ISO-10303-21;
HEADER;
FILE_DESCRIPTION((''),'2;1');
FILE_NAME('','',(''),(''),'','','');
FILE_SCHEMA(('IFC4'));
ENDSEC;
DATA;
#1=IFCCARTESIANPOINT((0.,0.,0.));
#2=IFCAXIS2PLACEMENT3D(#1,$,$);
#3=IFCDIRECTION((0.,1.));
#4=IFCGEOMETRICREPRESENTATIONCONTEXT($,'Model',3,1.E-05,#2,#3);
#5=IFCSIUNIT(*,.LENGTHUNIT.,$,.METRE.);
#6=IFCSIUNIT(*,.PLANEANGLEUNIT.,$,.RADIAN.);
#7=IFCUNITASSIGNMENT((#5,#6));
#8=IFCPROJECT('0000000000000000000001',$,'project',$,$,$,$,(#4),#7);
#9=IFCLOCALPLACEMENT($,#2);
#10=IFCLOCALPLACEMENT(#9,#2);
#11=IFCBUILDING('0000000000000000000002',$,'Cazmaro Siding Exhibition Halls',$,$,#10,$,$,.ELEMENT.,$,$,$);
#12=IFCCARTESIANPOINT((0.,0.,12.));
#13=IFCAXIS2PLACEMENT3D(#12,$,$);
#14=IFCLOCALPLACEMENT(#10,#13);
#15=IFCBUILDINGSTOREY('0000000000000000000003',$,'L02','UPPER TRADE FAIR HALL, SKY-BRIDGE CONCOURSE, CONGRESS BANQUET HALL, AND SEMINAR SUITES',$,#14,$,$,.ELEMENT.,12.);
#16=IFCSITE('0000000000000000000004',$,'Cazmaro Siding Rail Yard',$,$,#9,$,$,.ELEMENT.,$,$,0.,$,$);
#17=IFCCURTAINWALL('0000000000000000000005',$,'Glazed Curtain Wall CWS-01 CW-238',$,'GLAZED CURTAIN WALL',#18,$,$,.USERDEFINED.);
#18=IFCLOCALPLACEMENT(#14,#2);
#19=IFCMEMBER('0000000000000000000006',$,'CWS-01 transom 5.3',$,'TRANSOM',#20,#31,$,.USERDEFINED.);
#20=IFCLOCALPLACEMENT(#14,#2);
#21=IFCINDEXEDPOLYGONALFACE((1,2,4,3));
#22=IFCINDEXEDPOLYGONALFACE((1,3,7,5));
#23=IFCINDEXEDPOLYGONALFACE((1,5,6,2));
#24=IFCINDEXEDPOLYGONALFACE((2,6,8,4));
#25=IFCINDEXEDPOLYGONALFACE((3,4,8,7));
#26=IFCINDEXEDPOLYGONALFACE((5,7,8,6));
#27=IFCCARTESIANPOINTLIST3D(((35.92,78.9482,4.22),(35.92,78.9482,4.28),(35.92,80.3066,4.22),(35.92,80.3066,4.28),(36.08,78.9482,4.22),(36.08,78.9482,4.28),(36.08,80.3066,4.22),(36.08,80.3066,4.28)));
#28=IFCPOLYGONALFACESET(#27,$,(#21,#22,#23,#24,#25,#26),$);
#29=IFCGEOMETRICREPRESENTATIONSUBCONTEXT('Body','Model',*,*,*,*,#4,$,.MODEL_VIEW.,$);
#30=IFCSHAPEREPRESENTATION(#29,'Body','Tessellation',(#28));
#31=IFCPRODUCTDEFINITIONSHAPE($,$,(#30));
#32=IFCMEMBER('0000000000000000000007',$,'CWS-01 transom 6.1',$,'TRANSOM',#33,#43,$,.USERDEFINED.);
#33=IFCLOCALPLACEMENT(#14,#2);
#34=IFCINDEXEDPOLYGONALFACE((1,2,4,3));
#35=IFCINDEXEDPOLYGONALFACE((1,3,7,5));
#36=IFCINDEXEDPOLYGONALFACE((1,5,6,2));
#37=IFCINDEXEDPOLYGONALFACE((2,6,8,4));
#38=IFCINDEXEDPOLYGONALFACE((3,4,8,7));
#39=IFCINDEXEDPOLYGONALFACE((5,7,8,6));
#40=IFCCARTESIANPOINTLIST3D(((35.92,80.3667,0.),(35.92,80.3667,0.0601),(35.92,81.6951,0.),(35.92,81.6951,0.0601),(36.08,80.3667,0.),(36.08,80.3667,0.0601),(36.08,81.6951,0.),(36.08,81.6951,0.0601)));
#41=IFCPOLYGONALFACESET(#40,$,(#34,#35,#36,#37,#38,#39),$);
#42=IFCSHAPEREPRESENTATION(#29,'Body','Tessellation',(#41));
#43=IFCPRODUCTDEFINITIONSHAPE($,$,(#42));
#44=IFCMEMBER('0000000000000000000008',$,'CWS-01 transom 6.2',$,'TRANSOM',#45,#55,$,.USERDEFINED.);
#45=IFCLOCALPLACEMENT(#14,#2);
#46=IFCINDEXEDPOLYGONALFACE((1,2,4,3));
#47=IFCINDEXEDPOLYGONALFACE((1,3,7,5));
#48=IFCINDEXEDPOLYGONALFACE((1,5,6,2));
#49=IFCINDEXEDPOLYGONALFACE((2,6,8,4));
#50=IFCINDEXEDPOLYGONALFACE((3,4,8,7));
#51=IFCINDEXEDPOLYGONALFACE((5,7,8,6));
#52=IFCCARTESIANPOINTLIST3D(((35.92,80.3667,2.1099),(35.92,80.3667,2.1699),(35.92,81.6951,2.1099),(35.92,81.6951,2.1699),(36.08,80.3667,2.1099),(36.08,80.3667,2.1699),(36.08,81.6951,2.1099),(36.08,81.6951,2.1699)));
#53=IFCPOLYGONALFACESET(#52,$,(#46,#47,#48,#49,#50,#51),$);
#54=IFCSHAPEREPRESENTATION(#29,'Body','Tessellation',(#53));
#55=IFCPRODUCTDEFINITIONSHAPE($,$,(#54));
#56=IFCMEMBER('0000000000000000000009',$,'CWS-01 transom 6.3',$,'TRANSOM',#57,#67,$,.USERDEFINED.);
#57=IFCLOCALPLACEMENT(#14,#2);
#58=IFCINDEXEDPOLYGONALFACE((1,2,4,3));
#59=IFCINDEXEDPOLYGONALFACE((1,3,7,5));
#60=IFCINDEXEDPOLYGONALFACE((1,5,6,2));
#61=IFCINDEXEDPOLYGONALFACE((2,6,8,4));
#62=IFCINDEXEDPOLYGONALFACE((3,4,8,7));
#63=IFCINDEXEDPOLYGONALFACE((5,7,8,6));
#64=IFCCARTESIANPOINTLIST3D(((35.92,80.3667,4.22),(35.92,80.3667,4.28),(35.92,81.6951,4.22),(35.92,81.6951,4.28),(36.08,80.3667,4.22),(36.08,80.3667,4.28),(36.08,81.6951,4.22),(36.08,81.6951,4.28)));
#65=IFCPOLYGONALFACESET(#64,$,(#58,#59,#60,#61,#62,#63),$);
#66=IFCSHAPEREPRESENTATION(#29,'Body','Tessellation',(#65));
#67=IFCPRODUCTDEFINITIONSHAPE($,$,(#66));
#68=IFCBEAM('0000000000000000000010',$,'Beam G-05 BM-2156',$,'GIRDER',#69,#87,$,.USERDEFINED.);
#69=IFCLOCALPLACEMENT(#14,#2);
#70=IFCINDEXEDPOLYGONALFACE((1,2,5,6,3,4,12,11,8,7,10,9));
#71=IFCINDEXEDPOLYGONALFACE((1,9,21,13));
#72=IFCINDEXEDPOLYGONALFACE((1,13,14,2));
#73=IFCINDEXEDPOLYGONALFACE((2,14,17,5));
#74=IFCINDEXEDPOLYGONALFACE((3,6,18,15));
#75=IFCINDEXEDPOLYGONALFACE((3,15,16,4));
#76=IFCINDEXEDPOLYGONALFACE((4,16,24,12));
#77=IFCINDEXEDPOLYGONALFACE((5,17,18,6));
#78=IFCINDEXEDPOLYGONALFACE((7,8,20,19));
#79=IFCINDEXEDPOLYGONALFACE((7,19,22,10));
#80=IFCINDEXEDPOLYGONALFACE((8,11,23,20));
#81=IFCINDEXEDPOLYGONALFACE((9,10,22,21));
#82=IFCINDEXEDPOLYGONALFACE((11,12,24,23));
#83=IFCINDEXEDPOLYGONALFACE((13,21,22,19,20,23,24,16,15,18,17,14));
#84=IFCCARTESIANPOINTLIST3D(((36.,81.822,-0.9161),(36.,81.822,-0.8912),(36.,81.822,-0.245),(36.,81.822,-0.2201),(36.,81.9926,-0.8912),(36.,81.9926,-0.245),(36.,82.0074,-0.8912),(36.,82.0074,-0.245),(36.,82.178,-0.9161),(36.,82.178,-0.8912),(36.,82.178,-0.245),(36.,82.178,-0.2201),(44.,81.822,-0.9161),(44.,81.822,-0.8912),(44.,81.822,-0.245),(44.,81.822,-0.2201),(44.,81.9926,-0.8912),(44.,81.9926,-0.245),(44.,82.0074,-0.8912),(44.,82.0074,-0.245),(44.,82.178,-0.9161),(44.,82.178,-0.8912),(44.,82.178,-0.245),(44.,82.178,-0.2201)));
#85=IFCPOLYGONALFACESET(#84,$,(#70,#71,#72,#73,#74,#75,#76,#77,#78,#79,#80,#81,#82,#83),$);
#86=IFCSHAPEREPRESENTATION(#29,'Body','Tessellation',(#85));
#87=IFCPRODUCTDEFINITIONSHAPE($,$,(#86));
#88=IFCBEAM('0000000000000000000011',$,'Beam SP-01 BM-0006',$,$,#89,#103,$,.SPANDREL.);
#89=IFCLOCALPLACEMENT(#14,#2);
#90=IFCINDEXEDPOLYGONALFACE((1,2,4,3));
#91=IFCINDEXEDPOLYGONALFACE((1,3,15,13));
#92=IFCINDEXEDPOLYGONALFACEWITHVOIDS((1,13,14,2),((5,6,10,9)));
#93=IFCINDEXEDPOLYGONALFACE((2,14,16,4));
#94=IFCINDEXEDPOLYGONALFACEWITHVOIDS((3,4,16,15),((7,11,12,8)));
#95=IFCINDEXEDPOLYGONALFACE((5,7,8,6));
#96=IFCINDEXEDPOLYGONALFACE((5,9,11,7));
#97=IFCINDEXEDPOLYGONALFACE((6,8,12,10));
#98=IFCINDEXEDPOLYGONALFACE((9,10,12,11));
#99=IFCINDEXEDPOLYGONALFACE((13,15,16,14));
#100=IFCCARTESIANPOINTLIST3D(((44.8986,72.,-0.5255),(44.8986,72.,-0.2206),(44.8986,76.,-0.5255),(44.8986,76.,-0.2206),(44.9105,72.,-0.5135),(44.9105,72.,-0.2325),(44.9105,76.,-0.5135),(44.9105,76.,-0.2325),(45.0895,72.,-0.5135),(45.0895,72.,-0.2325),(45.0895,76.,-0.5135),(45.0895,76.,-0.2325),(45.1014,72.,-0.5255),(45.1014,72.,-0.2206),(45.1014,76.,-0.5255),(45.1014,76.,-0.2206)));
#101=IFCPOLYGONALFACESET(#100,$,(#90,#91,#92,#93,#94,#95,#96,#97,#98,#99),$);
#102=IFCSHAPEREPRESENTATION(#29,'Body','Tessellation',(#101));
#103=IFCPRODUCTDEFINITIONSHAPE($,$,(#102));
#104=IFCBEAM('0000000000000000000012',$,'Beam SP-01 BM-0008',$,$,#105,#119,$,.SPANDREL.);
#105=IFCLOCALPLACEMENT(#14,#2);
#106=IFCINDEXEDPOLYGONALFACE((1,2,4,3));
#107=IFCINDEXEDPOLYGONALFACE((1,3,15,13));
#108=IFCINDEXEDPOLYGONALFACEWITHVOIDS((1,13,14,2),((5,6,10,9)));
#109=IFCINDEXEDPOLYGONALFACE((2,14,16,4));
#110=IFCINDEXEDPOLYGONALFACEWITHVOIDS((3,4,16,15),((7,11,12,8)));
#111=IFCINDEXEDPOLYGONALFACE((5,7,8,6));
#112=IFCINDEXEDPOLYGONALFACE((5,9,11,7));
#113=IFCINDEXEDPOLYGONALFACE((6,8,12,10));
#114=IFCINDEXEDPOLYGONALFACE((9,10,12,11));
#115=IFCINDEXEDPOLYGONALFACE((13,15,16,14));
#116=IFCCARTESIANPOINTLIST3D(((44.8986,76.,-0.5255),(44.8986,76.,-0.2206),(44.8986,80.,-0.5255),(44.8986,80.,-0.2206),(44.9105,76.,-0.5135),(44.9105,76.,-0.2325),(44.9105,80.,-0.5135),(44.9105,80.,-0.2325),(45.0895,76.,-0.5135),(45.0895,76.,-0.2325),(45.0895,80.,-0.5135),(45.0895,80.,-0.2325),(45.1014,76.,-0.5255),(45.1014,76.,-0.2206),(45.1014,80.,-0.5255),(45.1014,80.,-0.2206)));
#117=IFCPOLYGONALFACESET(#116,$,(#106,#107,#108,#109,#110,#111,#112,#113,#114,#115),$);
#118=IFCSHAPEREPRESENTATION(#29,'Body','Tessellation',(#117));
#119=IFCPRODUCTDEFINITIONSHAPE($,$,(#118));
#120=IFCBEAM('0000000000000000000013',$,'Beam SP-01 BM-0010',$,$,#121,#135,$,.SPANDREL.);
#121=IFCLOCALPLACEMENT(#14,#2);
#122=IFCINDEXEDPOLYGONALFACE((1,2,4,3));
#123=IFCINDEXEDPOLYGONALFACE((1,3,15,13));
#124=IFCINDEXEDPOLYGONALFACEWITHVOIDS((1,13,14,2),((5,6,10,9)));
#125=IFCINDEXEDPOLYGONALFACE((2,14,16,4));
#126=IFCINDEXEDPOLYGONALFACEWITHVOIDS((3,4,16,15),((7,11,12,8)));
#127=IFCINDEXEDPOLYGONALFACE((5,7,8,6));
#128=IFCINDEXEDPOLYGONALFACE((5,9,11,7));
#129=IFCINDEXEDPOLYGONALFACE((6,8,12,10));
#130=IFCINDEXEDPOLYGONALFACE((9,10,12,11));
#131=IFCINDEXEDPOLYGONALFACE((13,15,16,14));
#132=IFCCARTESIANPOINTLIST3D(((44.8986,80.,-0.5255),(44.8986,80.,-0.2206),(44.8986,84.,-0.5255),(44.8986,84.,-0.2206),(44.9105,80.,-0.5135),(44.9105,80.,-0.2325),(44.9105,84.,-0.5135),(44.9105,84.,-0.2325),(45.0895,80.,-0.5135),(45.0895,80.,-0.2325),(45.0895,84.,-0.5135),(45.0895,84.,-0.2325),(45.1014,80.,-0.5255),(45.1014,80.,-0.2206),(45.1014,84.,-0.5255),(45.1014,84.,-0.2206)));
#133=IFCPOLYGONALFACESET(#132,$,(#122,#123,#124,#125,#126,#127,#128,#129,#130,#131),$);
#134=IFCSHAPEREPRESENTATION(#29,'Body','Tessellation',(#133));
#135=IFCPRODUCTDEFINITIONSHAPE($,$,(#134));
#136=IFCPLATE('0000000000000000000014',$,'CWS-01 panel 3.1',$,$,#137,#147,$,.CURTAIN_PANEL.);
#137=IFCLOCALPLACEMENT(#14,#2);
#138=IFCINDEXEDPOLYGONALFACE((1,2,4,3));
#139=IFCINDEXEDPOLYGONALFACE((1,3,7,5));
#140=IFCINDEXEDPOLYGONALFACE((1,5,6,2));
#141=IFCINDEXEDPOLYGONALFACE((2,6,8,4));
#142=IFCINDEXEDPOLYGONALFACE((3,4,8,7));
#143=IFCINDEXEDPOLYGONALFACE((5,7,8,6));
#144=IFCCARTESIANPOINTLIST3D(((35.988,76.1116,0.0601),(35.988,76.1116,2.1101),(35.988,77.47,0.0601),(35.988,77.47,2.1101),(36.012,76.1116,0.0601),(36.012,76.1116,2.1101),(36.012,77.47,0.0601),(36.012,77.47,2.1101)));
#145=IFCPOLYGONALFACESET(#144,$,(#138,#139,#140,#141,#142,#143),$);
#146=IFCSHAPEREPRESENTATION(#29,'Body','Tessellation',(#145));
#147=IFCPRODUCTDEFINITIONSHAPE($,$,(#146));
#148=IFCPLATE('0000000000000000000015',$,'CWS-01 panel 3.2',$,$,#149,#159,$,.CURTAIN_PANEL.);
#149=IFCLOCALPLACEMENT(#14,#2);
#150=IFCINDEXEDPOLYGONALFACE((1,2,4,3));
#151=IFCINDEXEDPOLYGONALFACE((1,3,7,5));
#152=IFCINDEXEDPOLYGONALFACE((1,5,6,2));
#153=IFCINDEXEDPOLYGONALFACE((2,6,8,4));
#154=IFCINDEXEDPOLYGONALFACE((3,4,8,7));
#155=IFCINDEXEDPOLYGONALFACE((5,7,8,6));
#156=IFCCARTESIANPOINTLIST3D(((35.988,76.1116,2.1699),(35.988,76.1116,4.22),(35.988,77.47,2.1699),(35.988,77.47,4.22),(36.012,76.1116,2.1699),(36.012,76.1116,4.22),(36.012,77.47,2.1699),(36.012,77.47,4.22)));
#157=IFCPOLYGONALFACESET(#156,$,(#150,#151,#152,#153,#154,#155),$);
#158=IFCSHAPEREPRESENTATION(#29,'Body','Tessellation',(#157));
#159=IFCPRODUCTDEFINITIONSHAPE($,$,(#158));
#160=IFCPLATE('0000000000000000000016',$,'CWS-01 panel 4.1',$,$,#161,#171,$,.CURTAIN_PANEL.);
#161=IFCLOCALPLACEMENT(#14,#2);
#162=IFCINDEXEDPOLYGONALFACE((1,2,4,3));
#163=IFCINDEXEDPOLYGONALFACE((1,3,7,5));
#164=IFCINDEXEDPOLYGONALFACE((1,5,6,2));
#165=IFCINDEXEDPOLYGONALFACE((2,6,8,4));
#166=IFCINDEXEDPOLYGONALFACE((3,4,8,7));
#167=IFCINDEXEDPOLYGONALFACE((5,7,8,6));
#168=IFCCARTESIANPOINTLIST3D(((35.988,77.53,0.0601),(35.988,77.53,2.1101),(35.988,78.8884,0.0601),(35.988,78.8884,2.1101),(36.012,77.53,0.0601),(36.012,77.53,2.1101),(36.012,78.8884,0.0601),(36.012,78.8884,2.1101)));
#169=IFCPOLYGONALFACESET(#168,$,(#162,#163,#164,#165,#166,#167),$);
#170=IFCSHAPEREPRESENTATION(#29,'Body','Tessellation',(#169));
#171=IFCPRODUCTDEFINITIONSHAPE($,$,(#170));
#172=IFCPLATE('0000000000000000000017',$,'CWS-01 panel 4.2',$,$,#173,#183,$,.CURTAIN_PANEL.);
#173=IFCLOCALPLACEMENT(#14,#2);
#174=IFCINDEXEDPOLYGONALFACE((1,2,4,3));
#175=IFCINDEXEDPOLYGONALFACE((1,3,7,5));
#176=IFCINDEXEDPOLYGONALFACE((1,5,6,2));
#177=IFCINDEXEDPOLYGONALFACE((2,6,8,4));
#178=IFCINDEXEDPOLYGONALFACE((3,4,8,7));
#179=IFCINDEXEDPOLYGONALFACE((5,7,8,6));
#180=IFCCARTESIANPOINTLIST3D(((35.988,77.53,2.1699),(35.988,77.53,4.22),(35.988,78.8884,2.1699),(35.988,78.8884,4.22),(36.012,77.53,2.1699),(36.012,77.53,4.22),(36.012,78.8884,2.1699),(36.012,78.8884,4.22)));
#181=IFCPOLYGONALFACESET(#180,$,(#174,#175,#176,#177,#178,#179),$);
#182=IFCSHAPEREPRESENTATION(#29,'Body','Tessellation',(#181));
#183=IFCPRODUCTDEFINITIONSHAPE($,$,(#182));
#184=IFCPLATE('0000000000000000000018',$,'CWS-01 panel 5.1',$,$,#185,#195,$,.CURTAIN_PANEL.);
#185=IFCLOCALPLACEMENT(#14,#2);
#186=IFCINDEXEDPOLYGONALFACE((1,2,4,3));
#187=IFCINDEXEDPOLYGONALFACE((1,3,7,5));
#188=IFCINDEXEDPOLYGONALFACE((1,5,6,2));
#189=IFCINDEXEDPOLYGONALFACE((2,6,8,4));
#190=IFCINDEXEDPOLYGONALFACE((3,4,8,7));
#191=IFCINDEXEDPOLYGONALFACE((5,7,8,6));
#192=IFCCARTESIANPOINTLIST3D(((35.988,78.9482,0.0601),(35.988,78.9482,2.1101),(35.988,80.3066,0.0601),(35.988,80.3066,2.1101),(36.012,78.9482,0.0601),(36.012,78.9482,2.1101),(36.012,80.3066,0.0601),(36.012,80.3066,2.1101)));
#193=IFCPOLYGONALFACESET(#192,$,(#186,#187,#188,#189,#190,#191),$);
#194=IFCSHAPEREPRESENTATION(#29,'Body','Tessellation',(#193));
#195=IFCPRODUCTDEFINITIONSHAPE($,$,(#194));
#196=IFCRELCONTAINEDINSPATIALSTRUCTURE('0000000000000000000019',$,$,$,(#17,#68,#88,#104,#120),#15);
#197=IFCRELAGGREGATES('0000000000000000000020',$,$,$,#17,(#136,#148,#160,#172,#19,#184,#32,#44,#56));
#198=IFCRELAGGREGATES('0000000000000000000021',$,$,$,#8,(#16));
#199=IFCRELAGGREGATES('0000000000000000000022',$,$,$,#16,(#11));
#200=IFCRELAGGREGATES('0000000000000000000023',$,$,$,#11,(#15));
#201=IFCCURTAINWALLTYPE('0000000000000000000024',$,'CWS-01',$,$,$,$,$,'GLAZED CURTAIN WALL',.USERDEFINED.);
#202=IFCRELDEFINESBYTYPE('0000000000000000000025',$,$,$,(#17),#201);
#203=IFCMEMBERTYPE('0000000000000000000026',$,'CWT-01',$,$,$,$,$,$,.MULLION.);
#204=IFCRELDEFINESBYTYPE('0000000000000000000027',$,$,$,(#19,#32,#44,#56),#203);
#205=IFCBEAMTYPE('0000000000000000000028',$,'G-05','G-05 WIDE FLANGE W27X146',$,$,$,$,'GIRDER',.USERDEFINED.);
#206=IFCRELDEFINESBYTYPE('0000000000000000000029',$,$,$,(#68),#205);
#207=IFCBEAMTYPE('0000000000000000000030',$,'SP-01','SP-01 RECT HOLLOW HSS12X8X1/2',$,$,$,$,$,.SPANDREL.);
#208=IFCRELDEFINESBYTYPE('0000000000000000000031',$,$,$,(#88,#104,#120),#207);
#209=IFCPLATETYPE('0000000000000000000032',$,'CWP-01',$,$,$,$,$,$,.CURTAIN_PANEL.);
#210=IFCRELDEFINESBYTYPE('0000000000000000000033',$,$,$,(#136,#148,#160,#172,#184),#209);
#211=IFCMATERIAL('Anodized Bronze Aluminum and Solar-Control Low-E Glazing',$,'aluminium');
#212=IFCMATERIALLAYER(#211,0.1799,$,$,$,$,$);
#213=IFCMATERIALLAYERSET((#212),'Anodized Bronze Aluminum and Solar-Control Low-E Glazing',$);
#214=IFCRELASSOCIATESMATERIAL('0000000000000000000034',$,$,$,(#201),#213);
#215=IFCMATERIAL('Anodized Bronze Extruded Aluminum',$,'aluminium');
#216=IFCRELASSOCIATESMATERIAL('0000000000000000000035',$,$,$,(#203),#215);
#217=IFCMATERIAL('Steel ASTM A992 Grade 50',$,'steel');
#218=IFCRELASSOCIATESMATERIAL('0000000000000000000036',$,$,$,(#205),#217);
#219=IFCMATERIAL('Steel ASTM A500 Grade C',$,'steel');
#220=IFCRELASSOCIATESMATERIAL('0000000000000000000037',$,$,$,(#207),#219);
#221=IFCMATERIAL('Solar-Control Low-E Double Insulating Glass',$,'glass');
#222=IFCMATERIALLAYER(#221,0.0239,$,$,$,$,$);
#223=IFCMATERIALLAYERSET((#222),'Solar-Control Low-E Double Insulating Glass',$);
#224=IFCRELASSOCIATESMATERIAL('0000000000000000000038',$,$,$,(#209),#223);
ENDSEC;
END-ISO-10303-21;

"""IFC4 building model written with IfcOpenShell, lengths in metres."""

from ifc_helpers import new_model, si_unit, direction, frame, origin, origin_2d, place, context, subcontext, project, spatial, rectangle, hollow_rectangle, i_section, extrude, material, layer, layer_set, material_profile, profile_set, type_object, element, aggregate, save


model = new_model("IFC4")

# Units and contexts
model_context = context("Model", 3, precision=1e-05, world=origin(), true_north=direction((0.0, 1.0)))
body_context = subcontext(model_context, "Body", "Model", "MODEL_VIEW")
ifc_project = project(units=[si_unit("LENGTHUNIT", "METRE"), si_unit("PLANEANGLEUNIT", "RADIAN")], contexts=[model_context])

# Site, building, storey
site_placement = place(None, origin())
site = spatial("IfcSite", under=ifc_project, at=site_placement, Name="Cazmaro Siding Rail Yard", CompositionType="ELEMENT", RefElevation=0.0)
building_placement = place(site_placement, origin())
building = spatial("IfcBuilding", under=site, at=building_placement, Name="Cazmaro Siding Exhibition Halls", CompositionType="ELEMENT")
storey_placement = place(building_placement, frame((0.0, 0.0, 12.0)))
storey = spatial("IfcBuildingStorey", under=building, at=storey_placement, Name="L02", Description="UPPER TRADE FAIR HALL, SKY-BRIDGE CONCOURSE, CONGRESS BANQUET HALL, AND SEMINAR SUITES", CompositionType="ELEMENT", Elevation=12.0)

# Curtain wall
ifc_material_1 = material(Name="Anodized Bronze Aluminum and Solar-Control Low-E Glazing", Category="aluminium")
ifc_layer_1 = layer(ifc_material_1, 0.1799)
ifc_layer_set_1 = layer_set([ifc_layer_1], Name="Anodized Bronze Aluminum and Solar-Control Low-E Glazing")
curtain_wall_type_1 = type_object("IfcCurtainWallType", Name="CWS-01", ElementType="GLAZED CURTAIN WALL", PredefinedType="USERDEFINED", material=ifc_layer_set_1)
curtain_wall_1_placement = place(storey_placement, origin())
curtain_wall_1 = element("IfcCurtainWall", 1, at=curtain_wall_1_placement, inside=storey, type_object=curtain_wall_type_1, Name="Glazed Curtain Wall CWS-01 CW-238", ObjectType="GLAZED CURTAIN WALL", PredefinedType="USERDEFINED")

# Members
ifc_material_2 = material(Name="Anodized Bronze Extruded Aluminum", Category="aluminium")
ifc_material_profile_1 = material_profile(ifc_material_2, rectangle(XDim=0.1599, YDim=0.0601, at=origin_2d()), Name="CWT-01")
ifc_profile_set_1 = profile_set([ifc_material_profile_1], Name="Anodized Bronze Extruded Aluminum")
member_type_1 = type_object("IfcMemberType", Name="CWT-01", PredefinedType="MULLION", material=ifc_profile_set_1)
member_1_placement = place(storey_placement, frame((36.0, 78.9482, 4.25), z_axis=(0.0, 1.0, 0.0), x_axis=(-1.0, 0.0, 0.0)))
member_1 = element("IfcMember", 2, at=member_1_placement, type_object=member_type_1, Name="CWS-01 transom 5.3", ObjectType="TRANSOM", PredefinedType="USERDEFINED", context=body_context, shape_type="SweptSolid", body=[
    extrude(rectangle(XDim=0.1599, YDim=0.0601, at=origin_2d()), origin(), (0.0, 0.0, 1.0), 1.3584),
])
member_2_placement = place(storey_placement, frame((36.0, 80.3667, 0.03), z_axis=(0.0, 1.0, 0.0), x_axis=(-1.0, 0.0, 0.0)))
member_2 = element("IfcMember", 3, at=member_2_placement, type_object=member_type_1, Name="CWS-01 transom 6.1", ObjectType="TRANSOM", PredefinedType="USERDEFINED", context=body_context, shape_type="SweptSolid", body=[
    extrude(rectangle(XDim=0.1599, YDim=0.0601, at=origin_2d()), origin(), (0.0, 0.0, 1.0), 1.3284),
])
member_3_placement = place(storey_placement, frame((36.0, 80.3667, 2.1399), z_axis=(0.0, 1.0, 0.0), x_axis=(-1.0, 0.0, 0.0)))
member_3 = element("IfcMember", 4, at=member_3_placement, type_object=member_type_1, Name="CWS-01 transom 6.2", ObjectType="TRANSOM", PredefinedType="USERDEFINED", context=body_context, shape_type="SweptSolid", body=[
    extrude(rectangle(XDim=0.1599, YDim=0.0601, at=origin_2d()), origin(), (0.0, 0.0, 1.0), 1.3284),
])
member_4_placement = place(storey_placement, frame((36.0, 80.3667, 4.25), z_axis=(0.0, 1.0, 0.0), x_axis=(-1.0, 0.0, 0.0)))
member_4 = element("IfcMember", 5, at=member_4_placement, type_object=member_type_1, Name="CWS-01 transom 6.3", ObjectType="TRANSOM", PredefinedType="USERDEFINED", context=body_context, shape_type="SweptSolid", body=[
    extrude(rectangle(XDim=0.1599, YDim=0.0601, at=origin_2d()), origin(), (0.0, 0.0, 1.0), 1.3284),
])

# Beams
ifc_material_3 = material(Name="Steel ASTM A992 Grade 50", Category="steel")
ifc_material_profile_2 = material_profile(ifc_material_3, i_section(OverallWidth=0.356, OverallDepth=0.696, WebThickness=0.0149, FlangeThickness=0.0249, at=origin_2d()), Name="W27X146")
ifc_profile_set_2 = profile_set([ifc_material_profile_2], Name="Steel ASTM A992 Grade 50")
beam_type_1 = type_object("IfcBeamType", Name="G-05", Description="G-05 WIDE FLANGE W27X146", ElementType="GIRDER", PredefinedType="USERDEFINED", material=ifc_profile_set_2)
beam_1_placement = place(storey_placement, frame((36.0, 82.0, -0.5681), z_axis=(1.0, 0.0, 0.0), x_axis=(0.0, 1.0, 0.0)))
element("IfcBeam", 6, at=beam_1_placement, inside=storey, type_object=beam_type_1, Name="Beam G-05 BM-2156", ObjectType="GIRDER", PredefinedType="USERDEFINED", context=body_context, shape_type="SweptSolid", body=[
    extrude(i_section(OverallWidth=0.356, OverallDepth=0.696, WebThickness=0.0149, FlangeThickness=0.0249, at=origin_2d()), origin(), (0.0, 0.0, 1.0), 8.0),
])
ifc_material_4 = material(Name="Steel ASTM A500 Grade C", Category="steel")
ifc_material_profile_3 = material_profile(ifc_material_4, hollow_rectangle(XDim=0.2029, YDim=0.3049, WallThickness=0.012, at=origin_2d()), Name="HSS12X8X1/2")
ifc_profile_set_3 = profile_set([ifc_material_profile_3], Name="Steel ASTM A500 Grade C")
beam_type_2 = type_object("IfcBeamType", Name="SP-01", Description="SP-01 RECT HOLLOW HSS12X8X1/2", PredefinedType="SPANDREL", material=ifc_profile_set_3)
for number, where, z_axis, x_axis, name in (
    (7, (45.0, 72.0, -0.373), (0.0, 1.0, 0.0), (-1.0, 0.0, 0.0), "Beam SP-01 BM-0006"),
    (8, (45.0, 76.0, -0.373), (0.0, 1.0, 0.0), (-1.0, 0.0, 0.0), "Beam SP-01 BM-0008"),
    (9, (45.0, 80.0, -0.373), (0.0, 1.0, 0.0), (-1.0, 0.0, 0.0), "Beam SP-01 BM-0010"),
):
    element("IfcBeam", number, at=place(storey_placement, frame(where, z_axis=z_axis, x_axis=x_axis)), inside=storey, type_object=beam_type_2, Name=name, PredefinedType="SPANDREL", context=body_context, shape_type="SweptSolid", body=[
        extrude(hollow_rectangle(XDim=0.2029, YDim=0.3049, WallThickness=0.012, at=origin_2d()), origin(), (0.0, 0.0, 1.0), 4.0),
    ])

# Plates
ifc_material_5 = material(Name="Solar-Control Low-E Double Insulating Glass", Category="glass")
ifc_layer_2 = layer(ifc_material_5, 0.0239)
ifc_layer_set_2 = layer_set([ifc_layer_2], Name="Solar-Control Low-E Double Insulating Glass")
plate_type_1 = type_object("IfcPlateType", Name="CWP-01", PredefinedType="CURTAIN_PANEL", material=ifc_layer_set_2)
plate_1_placement = place(storey_placement, frame((36.0, 76.7908, 0.0601), z_axis=(0.0, 0.0, 1.0), x_axis=(0.0, 1.0, 0.0)))
plate_1 = element("IfcPlate", 10, at=plate_1_placement, type_object=plate_type_1, Name="CWS-01 panel 3.1", PredefinedType="CURTAIN_PANEL", context=body_context, shape_type="SweptSolid", body=[
    extrude(rectangle(XDim=1.3584, YDim=0.0239, at=origin_2d()), origin(), (0.0, 0.0, 1.0), 2.05),
])
plate_2_placement = place(storey_placement, frame((36.0, 76.7908, 2.1699), z_axis=(0.0, 0.0, 1.0), x_axis=(0.0, 1.0, 0.0)))
plate_2 = element("IfcPlate", 11, at=plate_2_placement, type_object=plate_type_1, Name="CWS-01 panel 3.2", PredefinedType="CURTAIN_PANEL", context=body_context, shape_type="SweptSolid", body=[
    extrude(rectangle(XDim=1.3584, YDim=0.0239, at=origin_2d()), origin(), (0.0, 0.0, 1.0), 2.05),
])
plate_3_placement = place(storey_placement, frame((36.0, 78.2092, 0.0601), z_axis=(0.0, 0.0, 1.0), x_axis=(0.0, 1.0, 0.0)))
plate_3 = element("IfcPlate", 12, at=plate_3_placement, type_object=plate_type_1, Name="CWS-01 panel 4.1", PredefinedType="CURTAIN_PANEL", context=body_context, shape_type="SweptSolid", body=[
    extrude(rectangle(XDim=1.3584, YDim=0.0239, at=origin_2d()), origin(), (0.0, 0.0, 1.0), 2.05),
])
plate_4_placement = place(storey_placement, frame((36.0, 78.2092, 2.1699), z_axis=(0.0, 0.0, 1.0), x_axis=(0.0, 1.0, 0.0)))
plate_4 = element("IfcPlate", 13, at=plate_4_placement, type_object=plate_type_1, Name="CWS-01 panel 4.2", PredefinedType="CURTAIN_PANEL", context=body_context, shape_type="SweptSolid", body=[
    extrude(rectangle(XDim=1.3584, YDim=0.0239, at=origin_2d()), origin(), (0.0, 0.0, 1.0), 2.05),
])
plate_5_placement = place(storey_placement, frame((36.0, 79.6274, 0.0601), z_axis=(0.0, 0.0, 1.0), x_axis=(0.0, 1.0, 0.0)))
plate_5 = element("IfcPlate", 14, at=plate_5_placement, type_object=plate_type_1, Name="CWS-01 panel 5.1", PredefinedType="CURTAIN_PANEL", context=body_context, shape_type="SweptSolid", body=[
    extrude(rectangle(XDim=1.3584, YDim=0.0239, at=origin_2d()), origin(), (0.0, 0.0, 1.0), 2.05),
])
aggregate(curtain_wall_1, [plate_1, plate_2, plate_3, plate_4, member_1, plate_5, member_2, member_3, member_4])

save(model, "model.ifc")
